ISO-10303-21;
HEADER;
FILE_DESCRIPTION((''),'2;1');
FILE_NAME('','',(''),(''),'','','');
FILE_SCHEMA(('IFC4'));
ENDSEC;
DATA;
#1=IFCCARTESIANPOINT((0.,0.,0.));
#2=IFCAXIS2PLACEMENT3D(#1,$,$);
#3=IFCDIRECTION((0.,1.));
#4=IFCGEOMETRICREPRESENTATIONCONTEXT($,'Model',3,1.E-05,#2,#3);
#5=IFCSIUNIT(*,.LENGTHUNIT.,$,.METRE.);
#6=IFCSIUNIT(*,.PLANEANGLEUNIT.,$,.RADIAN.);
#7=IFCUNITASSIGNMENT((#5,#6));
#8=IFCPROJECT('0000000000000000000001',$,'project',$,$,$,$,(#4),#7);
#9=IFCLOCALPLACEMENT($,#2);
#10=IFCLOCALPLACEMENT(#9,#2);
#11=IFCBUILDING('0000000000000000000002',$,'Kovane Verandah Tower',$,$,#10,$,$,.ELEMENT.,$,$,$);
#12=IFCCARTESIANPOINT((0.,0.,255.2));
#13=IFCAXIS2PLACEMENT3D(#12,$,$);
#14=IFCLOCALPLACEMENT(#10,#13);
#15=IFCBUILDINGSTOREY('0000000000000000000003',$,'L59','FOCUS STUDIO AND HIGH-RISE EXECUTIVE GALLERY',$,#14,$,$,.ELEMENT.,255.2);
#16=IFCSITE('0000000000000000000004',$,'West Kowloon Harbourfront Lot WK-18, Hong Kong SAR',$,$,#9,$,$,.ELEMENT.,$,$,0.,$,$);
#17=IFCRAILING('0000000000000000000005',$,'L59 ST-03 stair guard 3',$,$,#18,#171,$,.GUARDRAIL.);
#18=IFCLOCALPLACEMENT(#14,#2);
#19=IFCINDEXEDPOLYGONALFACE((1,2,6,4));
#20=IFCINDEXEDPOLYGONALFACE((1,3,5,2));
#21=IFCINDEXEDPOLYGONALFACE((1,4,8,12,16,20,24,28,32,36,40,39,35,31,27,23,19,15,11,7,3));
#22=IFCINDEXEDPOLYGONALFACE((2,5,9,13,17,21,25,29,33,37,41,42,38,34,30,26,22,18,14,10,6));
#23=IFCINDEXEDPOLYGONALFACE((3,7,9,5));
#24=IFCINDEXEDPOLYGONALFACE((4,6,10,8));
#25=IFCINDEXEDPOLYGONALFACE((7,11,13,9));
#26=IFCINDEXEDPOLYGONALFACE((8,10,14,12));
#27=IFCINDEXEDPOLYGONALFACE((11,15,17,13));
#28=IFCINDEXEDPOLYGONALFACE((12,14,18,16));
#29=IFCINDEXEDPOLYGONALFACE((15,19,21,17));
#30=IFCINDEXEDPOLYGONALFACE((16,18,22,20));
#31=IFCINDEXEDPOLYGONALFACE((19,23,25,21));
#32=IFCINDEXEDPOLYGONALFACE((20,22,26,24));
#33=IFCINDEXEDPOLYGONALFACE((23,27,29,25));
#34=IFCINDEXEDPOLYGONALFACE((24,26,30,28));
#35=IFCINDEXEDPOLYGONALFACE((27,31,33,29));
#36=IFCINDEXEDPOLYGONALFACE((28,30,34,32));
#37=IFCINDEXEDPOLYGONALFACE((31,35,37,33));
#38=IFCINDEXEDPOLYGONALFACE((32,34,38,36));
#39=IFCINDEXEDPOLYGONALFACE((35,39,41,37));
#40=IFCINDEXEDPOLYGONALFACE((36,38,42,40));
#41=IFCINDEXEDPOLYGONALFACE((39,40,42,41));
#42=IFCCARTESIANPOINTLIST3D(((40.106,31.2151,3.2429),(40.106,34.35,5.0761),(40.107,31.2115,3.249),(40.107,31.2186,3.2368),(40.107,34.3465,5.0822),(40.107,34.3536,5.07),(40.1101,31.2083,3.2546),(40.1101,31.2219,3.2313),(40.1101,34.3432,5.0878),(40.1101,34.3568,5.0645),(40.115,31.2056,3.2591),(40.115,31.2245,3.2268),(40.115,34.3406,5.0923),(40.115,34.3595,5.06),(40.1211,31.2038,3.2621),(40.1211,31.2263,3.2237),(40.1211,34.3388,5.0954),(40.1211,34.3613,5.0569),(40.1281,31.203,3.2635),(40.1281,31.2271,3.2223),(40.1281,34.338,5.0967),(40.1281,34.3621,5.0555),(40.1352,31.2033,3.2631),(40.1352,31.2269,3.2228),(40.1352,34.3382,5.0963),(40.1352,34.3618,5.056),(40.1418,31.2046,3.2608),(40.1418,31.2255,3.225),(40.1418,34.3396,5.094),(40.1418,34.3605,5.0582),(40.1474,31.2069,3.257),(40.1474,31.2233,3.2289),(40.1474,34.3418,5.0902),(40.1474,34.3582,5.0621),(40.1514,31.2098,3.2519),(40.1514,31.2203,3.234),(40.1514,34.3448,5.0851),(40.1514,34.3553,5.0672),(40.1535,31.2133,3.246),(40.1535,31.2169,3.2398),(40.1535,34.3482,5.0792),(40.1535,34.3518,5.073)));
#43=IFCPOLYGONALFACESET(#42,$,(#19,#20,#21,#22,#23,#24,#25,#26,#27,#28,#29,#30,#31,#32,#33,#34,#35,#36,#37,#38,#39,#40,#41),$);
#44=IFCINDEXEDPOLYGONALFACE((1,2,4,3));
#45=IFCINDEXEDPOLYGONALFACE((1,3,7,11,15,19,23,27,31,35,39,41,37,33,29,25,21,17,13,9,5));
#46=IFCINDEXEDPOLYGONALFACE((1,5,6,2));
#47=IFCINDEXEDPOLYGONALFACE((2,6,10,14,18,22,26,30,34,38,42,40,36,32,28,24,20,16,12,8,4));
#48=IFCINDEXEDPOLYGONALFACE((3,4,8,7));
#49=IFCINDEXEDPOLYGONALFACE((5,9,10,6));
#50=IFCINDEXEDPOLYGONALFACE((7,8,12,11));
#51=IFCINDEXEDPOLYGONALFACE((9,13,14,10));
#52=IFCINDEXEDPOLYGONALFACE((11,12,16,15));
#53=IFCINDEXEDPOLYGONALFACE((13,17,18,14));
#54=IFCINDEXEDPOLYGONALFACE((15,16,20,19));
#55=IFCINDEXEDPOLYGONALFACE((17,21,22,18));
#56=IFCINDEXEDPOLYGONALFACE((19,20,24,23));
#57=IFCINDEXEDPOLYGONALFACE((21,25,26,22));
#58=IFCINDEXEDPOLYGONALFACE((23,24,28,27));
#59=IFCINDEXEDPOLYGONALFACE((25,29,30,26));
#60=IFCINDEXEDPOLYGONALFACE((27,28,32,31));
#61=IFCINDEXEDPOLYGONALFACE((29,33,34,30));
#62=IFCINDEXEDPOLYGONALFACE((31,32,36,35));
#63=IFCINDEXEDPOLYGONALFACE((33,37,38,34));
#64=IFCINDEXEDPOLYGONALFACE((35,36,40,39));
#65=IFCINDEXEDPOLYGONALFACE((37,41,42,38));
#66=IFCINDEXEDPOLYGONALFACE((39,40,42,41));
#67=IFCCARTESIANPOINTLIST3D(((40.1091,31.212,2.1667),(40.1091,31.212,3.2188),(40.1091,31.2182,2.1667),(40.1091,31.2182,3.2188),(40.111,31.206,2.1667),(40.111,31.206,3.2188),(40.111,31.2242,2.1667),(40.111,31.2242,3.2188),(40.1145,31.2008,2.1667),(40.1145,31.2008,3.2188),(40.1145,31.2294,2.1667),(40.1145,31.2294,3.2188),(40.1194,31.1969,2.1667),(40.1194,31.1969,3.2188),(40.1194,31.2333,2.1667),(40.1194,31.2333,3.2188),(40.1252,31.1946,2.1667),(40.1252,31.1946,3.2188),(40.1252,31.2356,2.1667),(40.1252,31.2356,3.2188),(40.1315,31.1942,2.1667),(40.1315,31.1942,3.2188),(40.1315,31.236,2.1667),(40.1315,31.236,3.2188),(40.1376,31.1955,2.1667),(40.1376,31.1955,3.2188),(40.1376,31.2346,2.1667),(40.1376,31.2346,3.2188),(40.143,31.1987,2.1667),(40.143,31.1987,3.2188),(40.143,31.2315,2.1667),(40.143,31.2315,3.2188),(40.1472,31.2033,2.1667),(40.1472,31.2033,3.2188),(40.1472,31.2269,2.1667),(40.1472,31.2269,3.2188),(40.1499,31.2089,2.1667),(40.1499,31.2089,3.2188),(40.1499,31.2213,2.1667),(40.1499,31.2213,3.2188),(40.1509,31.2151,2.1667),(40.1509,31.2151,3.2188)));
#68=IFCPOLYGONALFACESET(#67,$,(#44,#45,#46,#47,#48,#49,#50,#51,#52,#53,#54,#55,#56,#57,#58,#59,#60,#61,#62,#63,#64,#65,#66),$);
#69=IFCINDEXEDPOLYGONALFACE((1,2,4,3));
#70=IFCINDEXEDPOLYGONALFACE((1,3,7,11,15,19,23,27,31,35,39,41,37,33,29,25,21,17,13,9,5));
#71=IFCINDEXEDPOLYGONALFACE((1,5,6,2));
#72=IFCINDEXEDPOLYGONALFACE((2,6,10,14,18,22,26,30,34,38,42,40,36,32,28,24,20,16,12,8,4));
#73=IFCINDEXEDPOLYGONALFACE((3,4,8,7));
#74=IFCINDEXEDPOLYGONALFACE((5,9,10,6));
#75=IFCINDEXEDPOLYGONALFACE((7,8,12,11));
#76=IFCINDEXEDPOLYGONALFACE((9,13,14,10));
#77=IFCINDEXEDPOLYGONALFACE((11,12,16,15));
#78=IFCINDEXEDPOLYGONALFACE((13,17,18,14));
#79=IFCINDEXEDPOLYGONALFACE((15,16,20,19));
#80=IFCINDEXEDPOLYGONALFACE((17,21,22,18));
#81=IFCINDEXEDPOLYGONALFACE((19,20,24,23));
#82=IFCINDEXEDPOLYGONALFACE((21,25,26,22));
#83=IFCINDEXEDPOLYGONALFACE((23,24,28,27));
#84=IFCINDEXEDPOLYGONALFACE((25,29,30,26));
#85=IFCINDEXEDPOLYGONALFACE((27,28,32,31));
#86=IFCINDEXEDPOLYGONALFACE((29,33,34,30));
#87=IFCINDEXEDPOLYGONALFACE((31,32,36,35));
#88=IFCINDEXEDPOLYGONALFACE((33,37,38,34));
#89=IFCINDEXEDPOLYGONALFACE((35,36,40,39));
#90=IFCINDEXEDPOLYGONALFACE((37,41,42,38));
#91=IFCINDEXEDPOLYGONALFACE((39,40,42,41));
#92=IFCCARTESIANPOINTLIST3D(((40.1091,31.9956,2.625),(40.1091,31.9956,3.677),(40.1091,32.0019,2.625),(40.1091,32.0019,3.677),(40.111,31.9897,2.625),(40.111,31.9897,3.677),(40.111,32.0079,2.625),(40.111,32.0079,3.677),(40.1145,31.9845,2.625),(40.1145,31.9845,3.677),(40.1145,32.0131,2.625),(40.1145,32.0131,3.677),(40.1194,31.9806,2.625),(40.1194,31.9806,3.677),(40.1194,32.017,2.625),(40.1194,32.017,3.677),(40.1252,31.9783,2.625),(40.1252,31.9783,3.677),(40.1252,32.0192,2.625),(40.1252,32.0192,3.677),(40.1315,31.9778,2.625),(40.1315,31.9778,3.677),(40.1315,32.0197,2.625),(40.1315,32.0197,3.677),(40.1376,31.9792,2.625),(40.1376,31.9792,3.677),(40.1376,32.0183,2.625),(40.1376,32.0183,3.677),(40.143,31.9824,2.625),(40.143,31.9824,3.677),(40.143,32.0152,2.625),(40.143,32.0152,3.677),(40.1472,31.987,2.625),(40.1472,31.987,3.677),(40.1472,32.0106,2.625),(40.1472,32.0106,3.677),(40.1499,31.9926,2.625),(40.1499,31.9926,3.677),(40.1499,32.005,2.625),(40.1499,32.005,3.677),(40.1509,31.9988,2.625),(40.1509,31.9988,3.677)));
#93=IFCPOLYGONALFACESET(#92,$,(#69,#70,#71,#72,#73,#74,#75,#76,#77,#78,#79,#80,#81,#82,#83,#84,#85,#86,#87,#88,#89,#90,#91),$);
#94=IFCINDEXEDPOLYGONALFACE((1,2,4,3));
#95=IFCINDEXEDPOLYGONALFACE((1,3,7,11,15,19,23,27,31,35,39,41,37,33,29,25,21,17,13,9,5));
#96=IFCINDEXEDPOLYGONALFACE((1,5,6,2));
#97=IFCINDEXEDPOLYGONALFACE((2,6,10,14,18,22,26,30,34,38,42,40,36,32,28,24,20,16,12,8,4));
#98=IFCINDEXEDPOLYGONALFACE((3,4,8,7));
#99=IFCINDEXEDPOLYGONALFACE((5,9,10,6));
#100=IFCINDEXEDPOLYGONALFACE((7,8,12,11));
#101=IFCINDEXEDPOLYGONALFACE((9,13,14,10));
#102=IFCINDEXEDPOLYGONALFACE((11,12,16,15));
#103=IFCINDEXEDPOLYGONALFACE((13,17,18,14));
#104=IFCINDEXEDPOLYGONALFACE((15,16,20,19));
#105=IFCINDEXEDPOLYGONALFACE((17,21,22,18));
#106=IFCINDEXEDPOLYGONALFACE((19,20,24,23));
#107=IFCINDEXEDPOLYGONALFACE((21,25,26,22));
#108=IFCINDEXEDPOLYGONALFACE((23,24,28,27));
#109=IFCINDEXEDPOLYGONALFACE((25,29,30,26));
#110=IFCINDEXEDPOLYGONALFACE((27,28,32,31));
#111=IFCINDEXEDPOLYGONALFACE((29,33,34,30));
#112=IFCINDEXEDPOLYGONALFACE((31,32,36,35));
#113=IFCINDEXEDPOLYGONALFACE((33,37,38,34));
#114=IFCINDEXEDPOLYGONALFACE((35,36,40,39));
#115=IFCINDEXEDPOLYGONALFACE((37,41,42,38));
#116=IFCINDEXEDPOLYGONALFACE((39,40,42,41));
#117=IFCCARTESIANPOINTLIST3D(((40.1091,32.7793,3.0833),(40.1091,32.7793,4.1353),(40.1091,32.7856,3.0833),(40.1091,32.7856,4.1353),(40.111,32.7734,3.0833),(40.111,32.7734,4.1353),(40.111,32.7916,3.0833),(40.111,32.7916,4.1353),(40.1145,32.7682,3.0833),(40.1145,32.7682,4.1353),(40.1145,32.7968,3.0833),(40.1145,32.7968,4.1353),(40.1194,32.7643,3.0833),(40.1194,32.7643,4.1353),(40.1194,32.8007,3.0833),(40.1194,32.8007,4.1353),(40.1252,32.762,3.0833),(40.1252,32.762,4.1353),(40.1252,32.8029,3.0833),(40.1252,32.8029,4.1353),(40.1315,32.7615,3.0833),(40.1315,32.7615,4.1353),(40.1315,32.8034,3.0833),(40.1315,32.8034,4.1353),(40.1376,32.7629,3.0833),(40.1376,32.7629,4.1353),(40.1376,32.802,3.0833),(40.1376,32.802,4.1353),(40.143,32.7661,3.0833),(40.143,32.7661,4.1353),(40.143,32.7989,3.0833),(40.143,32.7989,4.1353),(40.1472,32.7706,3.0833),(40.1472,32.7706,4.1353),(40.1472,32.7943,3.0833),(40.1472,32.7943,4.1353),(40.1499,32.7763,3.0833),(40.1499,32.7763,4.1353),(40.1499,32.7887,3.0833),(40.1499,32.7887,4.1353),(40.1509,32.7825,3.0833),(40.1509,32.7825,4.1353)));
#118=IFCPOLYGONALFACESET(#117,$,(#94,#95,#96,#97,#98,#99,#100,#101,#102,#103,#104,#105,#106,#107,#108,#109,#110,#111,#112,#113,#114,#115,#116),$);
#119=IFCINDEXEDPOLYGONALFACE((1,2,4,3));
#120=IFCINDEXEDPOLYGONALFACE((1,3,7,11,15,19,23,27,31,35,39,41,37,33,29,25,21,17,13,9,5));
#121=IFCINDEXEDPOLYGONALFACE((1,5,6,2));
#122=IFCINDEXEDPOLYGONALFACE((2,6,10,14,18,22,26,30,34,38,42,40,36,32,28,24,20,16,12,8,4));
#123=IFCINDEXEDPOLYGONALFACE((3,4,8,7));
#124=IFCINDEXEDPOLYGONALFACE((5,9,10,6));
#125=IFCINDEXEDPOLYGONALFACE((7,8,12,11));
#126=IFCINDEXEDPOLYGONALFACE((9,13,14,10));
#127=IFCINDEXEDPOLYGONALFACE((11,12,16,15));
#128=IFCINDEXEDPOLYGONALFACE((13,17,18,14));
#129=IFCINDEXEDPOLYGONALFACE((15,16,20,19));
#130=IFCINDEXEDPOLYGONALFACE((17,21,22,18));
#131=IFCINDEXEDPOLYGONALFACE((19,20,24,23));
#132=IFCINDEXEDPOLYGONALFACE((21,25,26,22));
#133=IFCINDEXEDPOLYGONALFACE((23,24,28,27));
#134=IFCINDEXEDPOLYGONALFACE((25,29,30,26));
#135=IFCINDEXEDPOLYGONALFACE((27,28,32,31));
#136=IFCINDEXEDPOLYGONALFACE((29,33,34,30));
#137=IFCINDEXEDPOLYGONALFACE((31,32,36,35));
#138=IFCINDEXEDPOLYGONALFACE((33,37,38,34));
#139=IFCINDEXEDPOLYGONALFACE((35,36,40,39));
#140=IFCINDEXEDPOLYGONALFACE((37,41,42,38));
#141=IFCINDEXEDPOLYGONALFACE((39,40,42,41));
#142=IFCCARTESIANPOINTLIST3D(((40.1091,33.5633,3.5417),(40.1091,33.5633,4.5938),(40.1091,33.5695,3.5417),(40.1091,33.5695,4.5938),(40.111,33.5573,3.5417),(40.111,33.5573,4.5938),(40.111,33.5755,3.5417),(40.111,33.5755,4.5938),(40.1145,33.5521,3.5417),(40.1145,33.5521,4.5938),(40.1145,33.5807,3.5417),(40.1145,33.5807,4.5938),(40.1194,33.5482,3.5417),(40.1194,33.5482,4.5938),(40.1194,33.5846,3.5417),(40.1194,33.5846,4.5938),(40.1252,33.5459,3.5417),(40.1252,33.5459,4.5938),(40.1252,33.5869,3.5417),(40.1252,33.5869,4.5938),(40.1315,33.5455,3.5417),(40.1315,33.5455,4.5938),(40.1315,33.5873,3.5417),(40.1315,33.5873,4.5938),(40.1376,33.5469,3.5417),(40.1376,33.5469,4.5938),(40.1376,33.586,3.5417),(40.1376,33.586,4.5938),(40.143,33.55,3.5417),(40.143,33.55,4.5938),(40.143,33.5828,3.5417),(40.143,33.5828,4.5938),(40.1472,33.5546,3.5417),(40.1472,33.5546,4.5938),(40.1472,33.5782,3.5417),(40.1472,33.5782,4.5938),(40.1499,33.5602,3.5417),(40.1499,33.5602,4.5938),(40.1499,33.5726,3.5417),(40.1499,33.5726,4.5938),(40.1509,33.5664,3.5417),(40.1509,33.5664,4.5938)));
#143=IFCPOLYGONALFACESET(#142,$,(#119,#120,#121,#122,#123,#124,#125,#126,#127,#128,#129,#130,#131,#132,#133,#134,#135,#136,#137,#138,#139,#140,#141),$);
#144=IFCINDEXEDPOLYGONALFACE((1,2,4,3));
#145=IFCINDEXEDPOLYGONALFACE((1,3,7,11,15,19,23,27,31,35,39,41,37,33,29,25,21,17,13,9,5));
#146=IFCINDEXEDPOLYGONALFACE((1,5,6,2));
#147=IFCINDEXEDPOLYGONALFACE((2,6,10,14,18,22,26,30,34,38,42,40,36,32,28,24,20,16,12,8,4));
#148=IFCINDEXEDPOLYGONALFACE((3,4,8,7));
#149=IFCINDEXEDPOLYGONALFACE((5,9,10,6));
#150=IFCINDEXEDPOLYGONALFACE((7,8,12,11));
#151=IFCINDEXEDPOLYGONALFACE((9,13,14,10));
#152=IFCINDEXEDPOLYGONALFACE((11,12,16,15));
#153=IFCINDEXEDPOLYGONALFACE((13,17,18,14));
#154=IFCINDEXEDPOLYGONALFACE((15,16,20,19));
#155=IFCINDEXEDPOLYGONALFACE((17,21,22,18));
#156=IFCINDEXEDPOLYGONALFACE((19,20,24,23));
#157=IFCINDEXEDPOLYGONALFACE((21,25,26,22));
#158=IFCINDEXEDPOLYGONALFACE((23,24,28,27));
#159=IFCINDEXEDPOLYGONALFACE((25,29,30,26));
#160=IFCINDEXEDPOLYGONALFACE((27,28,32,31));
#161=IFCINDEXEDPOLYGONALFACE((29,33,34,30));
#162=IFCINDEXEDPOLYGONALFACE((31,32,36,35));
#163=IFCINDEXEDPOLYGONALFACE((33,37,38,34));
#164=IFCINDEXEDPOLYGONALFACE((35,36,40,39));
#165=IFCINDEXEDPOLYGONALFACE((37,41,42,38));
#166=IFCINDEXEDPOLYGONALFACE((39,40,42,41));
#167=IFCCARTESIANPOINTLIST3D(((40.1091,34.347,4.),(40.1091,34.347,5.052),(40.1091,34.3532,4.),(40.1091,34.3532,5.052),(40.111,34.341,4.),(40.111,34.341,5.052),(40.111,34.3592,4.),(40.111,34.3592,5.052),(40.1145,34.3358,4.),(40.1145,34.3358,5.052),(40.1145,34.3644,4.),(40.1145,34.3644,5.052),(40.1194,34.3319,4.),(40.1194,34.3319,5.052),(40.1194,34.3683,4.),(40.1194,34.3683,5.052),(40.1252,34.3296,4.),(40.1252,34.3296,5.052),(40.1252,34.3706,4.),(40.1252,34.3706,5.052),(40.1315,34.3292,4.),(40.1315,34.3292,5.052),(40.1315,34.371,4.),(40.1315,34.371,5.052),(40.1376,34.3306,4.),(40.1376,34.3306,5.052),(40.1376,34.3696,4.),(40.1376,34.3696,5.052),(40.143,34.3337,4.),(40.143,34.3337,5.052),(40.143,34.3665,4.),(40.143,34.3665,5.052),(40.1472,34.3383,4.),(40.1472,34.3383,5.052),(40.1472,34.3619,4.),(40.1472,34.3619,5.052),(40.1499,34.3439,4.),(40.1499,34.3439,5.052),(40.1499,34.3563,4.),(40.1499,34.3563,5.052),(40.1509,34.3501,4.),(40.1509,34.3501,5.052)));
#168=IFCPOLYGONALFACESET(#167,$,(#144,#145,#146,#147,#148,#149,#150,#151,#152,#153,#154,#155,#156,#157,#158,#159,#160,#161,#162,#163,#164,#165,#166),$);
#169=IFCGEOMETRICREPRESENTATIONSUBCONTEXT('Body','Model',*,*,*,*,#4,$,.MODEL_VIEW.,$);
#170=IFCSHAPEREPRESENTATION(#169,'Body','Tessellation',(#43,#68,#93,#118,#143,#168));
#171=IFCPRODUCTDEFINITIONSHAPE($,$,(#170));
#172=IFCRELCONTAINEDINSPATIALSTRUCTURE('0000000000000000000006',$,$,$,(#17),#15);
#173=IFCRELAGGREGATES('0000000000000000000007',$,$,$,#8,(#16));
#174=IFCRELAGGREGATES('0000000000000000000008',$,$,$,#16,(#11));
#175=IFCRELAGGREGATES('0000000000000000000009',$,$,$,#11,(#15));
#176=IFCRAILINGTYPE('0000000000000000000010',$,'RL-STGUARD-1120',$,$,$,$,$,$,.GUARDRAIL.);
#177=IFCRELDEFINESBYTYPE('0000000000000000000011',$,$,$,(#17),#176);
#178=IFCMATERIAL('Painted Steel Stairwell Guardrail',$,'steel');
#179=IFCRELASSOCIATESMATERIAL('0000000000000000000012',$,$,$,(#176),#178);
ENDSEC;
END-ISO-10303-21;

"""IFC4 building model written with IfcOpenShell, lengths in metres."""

from ifc_helpers import new_model, si_unit, direction, frame, origin, origin_2d, place, context, subcontext, project, spatial, circle, extrude, material, type_object, element, save


model = new_model("IFC4")

# Units and contexts
model_context = context("Model", 3, precision=1e-05, world=origin(), true_north=direction((0.0, 1.0)))
body_context = subcontext(model_context, "Body", "Model", "MODEL_VIEW")
ifc_project = project(units=[si_unit("LENGTHUNIT", "METRE"), si_unit("PLANEANGLEUNIT", "RADIAN")], contexts=[model_context])

# Site, building, storey
site_placement = place(None, origin())
site = spatial("IfcSite", under=ifc_project, at=site_placement, Name="West Kowloon Harbourfront Lot WK-18, Hong Kong SAR", CompositionType="ELEMENT", RefElevation=0.0)
building_placement = place(site_placement, origin())
building = spatial("IfcBuilding", under=site, at=building_placement, Name="Kovane Verandah Tower", CompositionType="ELEMENT")
storey_placement = place(building_placement, frame((0.0, 0.0, 255.2)))
storey = spatial("IfcBuildingStorey", under=building, at=storey_placement, Name="L59", Description="FOCUS STUDIO AND HIGH-RISE EXECUTIVE GALLERY", CompositionType="ELEMENT", Elevation=255.2)

# Railing
ifc_material_1 = material(Name="Painted Steel Stairwell Guardrail", Category="steel")
railing_type_1 = type_object("IfcRailingType", Name="RL-STGUARD-1120", PredefinedType="GUARDRAIL", material=ifc_material_1)
railing_1_placement = place(storey_placement, frame((40.1299, 31.2151, 2.1667)))
element("IfcRailing", 1, at=railing_1_placement, inside=storey, type_object=railing_type_1, Name="L59 ST-03 stair guard 3", PredefinedType="GUARDRAIL", context=body_context, shape_type="SweptSolid", body=[
    extrude(circle(Radius=0.0239, at=origin_2d()), frame((0.0, 0.0, 1.0762), z_axis=(0.0, 0.86324, 0.504794), x_axis=(-1.0, 0.0, 0.0)), (0.0, 0.0, 1.0), 3.6316),
    extrude(circle(Radius=0.021, at=origin_2d()), origin(), (0.0, 0.0, 1.0), 1.052),
    extrude(circle(Radius=0.021, at=origin_2d()), frame((0.0, 0.7837, 0.4583)), (0.0, 0.0, 1.0), 1.052),
    extrude(circle(Radius=0.021, at=origin_2d()), frame((0.0, 1.5674, 0.9165)), (0.0, 0.0, 1.0), 1.052),
    extrude(circle(Radius=0.021, at=origin_2d()), frame((0.0, 2.3513, 1.375)), (0.0, 0.0, 1.0), 1.052),
    extrude(circle(Radius=0.021, at=origin_2d()), frame((0.0, 3.135, 1.8333)), (0.0, 0.0, 1.0), 1.052),
])

save(model, "model.ifc")
